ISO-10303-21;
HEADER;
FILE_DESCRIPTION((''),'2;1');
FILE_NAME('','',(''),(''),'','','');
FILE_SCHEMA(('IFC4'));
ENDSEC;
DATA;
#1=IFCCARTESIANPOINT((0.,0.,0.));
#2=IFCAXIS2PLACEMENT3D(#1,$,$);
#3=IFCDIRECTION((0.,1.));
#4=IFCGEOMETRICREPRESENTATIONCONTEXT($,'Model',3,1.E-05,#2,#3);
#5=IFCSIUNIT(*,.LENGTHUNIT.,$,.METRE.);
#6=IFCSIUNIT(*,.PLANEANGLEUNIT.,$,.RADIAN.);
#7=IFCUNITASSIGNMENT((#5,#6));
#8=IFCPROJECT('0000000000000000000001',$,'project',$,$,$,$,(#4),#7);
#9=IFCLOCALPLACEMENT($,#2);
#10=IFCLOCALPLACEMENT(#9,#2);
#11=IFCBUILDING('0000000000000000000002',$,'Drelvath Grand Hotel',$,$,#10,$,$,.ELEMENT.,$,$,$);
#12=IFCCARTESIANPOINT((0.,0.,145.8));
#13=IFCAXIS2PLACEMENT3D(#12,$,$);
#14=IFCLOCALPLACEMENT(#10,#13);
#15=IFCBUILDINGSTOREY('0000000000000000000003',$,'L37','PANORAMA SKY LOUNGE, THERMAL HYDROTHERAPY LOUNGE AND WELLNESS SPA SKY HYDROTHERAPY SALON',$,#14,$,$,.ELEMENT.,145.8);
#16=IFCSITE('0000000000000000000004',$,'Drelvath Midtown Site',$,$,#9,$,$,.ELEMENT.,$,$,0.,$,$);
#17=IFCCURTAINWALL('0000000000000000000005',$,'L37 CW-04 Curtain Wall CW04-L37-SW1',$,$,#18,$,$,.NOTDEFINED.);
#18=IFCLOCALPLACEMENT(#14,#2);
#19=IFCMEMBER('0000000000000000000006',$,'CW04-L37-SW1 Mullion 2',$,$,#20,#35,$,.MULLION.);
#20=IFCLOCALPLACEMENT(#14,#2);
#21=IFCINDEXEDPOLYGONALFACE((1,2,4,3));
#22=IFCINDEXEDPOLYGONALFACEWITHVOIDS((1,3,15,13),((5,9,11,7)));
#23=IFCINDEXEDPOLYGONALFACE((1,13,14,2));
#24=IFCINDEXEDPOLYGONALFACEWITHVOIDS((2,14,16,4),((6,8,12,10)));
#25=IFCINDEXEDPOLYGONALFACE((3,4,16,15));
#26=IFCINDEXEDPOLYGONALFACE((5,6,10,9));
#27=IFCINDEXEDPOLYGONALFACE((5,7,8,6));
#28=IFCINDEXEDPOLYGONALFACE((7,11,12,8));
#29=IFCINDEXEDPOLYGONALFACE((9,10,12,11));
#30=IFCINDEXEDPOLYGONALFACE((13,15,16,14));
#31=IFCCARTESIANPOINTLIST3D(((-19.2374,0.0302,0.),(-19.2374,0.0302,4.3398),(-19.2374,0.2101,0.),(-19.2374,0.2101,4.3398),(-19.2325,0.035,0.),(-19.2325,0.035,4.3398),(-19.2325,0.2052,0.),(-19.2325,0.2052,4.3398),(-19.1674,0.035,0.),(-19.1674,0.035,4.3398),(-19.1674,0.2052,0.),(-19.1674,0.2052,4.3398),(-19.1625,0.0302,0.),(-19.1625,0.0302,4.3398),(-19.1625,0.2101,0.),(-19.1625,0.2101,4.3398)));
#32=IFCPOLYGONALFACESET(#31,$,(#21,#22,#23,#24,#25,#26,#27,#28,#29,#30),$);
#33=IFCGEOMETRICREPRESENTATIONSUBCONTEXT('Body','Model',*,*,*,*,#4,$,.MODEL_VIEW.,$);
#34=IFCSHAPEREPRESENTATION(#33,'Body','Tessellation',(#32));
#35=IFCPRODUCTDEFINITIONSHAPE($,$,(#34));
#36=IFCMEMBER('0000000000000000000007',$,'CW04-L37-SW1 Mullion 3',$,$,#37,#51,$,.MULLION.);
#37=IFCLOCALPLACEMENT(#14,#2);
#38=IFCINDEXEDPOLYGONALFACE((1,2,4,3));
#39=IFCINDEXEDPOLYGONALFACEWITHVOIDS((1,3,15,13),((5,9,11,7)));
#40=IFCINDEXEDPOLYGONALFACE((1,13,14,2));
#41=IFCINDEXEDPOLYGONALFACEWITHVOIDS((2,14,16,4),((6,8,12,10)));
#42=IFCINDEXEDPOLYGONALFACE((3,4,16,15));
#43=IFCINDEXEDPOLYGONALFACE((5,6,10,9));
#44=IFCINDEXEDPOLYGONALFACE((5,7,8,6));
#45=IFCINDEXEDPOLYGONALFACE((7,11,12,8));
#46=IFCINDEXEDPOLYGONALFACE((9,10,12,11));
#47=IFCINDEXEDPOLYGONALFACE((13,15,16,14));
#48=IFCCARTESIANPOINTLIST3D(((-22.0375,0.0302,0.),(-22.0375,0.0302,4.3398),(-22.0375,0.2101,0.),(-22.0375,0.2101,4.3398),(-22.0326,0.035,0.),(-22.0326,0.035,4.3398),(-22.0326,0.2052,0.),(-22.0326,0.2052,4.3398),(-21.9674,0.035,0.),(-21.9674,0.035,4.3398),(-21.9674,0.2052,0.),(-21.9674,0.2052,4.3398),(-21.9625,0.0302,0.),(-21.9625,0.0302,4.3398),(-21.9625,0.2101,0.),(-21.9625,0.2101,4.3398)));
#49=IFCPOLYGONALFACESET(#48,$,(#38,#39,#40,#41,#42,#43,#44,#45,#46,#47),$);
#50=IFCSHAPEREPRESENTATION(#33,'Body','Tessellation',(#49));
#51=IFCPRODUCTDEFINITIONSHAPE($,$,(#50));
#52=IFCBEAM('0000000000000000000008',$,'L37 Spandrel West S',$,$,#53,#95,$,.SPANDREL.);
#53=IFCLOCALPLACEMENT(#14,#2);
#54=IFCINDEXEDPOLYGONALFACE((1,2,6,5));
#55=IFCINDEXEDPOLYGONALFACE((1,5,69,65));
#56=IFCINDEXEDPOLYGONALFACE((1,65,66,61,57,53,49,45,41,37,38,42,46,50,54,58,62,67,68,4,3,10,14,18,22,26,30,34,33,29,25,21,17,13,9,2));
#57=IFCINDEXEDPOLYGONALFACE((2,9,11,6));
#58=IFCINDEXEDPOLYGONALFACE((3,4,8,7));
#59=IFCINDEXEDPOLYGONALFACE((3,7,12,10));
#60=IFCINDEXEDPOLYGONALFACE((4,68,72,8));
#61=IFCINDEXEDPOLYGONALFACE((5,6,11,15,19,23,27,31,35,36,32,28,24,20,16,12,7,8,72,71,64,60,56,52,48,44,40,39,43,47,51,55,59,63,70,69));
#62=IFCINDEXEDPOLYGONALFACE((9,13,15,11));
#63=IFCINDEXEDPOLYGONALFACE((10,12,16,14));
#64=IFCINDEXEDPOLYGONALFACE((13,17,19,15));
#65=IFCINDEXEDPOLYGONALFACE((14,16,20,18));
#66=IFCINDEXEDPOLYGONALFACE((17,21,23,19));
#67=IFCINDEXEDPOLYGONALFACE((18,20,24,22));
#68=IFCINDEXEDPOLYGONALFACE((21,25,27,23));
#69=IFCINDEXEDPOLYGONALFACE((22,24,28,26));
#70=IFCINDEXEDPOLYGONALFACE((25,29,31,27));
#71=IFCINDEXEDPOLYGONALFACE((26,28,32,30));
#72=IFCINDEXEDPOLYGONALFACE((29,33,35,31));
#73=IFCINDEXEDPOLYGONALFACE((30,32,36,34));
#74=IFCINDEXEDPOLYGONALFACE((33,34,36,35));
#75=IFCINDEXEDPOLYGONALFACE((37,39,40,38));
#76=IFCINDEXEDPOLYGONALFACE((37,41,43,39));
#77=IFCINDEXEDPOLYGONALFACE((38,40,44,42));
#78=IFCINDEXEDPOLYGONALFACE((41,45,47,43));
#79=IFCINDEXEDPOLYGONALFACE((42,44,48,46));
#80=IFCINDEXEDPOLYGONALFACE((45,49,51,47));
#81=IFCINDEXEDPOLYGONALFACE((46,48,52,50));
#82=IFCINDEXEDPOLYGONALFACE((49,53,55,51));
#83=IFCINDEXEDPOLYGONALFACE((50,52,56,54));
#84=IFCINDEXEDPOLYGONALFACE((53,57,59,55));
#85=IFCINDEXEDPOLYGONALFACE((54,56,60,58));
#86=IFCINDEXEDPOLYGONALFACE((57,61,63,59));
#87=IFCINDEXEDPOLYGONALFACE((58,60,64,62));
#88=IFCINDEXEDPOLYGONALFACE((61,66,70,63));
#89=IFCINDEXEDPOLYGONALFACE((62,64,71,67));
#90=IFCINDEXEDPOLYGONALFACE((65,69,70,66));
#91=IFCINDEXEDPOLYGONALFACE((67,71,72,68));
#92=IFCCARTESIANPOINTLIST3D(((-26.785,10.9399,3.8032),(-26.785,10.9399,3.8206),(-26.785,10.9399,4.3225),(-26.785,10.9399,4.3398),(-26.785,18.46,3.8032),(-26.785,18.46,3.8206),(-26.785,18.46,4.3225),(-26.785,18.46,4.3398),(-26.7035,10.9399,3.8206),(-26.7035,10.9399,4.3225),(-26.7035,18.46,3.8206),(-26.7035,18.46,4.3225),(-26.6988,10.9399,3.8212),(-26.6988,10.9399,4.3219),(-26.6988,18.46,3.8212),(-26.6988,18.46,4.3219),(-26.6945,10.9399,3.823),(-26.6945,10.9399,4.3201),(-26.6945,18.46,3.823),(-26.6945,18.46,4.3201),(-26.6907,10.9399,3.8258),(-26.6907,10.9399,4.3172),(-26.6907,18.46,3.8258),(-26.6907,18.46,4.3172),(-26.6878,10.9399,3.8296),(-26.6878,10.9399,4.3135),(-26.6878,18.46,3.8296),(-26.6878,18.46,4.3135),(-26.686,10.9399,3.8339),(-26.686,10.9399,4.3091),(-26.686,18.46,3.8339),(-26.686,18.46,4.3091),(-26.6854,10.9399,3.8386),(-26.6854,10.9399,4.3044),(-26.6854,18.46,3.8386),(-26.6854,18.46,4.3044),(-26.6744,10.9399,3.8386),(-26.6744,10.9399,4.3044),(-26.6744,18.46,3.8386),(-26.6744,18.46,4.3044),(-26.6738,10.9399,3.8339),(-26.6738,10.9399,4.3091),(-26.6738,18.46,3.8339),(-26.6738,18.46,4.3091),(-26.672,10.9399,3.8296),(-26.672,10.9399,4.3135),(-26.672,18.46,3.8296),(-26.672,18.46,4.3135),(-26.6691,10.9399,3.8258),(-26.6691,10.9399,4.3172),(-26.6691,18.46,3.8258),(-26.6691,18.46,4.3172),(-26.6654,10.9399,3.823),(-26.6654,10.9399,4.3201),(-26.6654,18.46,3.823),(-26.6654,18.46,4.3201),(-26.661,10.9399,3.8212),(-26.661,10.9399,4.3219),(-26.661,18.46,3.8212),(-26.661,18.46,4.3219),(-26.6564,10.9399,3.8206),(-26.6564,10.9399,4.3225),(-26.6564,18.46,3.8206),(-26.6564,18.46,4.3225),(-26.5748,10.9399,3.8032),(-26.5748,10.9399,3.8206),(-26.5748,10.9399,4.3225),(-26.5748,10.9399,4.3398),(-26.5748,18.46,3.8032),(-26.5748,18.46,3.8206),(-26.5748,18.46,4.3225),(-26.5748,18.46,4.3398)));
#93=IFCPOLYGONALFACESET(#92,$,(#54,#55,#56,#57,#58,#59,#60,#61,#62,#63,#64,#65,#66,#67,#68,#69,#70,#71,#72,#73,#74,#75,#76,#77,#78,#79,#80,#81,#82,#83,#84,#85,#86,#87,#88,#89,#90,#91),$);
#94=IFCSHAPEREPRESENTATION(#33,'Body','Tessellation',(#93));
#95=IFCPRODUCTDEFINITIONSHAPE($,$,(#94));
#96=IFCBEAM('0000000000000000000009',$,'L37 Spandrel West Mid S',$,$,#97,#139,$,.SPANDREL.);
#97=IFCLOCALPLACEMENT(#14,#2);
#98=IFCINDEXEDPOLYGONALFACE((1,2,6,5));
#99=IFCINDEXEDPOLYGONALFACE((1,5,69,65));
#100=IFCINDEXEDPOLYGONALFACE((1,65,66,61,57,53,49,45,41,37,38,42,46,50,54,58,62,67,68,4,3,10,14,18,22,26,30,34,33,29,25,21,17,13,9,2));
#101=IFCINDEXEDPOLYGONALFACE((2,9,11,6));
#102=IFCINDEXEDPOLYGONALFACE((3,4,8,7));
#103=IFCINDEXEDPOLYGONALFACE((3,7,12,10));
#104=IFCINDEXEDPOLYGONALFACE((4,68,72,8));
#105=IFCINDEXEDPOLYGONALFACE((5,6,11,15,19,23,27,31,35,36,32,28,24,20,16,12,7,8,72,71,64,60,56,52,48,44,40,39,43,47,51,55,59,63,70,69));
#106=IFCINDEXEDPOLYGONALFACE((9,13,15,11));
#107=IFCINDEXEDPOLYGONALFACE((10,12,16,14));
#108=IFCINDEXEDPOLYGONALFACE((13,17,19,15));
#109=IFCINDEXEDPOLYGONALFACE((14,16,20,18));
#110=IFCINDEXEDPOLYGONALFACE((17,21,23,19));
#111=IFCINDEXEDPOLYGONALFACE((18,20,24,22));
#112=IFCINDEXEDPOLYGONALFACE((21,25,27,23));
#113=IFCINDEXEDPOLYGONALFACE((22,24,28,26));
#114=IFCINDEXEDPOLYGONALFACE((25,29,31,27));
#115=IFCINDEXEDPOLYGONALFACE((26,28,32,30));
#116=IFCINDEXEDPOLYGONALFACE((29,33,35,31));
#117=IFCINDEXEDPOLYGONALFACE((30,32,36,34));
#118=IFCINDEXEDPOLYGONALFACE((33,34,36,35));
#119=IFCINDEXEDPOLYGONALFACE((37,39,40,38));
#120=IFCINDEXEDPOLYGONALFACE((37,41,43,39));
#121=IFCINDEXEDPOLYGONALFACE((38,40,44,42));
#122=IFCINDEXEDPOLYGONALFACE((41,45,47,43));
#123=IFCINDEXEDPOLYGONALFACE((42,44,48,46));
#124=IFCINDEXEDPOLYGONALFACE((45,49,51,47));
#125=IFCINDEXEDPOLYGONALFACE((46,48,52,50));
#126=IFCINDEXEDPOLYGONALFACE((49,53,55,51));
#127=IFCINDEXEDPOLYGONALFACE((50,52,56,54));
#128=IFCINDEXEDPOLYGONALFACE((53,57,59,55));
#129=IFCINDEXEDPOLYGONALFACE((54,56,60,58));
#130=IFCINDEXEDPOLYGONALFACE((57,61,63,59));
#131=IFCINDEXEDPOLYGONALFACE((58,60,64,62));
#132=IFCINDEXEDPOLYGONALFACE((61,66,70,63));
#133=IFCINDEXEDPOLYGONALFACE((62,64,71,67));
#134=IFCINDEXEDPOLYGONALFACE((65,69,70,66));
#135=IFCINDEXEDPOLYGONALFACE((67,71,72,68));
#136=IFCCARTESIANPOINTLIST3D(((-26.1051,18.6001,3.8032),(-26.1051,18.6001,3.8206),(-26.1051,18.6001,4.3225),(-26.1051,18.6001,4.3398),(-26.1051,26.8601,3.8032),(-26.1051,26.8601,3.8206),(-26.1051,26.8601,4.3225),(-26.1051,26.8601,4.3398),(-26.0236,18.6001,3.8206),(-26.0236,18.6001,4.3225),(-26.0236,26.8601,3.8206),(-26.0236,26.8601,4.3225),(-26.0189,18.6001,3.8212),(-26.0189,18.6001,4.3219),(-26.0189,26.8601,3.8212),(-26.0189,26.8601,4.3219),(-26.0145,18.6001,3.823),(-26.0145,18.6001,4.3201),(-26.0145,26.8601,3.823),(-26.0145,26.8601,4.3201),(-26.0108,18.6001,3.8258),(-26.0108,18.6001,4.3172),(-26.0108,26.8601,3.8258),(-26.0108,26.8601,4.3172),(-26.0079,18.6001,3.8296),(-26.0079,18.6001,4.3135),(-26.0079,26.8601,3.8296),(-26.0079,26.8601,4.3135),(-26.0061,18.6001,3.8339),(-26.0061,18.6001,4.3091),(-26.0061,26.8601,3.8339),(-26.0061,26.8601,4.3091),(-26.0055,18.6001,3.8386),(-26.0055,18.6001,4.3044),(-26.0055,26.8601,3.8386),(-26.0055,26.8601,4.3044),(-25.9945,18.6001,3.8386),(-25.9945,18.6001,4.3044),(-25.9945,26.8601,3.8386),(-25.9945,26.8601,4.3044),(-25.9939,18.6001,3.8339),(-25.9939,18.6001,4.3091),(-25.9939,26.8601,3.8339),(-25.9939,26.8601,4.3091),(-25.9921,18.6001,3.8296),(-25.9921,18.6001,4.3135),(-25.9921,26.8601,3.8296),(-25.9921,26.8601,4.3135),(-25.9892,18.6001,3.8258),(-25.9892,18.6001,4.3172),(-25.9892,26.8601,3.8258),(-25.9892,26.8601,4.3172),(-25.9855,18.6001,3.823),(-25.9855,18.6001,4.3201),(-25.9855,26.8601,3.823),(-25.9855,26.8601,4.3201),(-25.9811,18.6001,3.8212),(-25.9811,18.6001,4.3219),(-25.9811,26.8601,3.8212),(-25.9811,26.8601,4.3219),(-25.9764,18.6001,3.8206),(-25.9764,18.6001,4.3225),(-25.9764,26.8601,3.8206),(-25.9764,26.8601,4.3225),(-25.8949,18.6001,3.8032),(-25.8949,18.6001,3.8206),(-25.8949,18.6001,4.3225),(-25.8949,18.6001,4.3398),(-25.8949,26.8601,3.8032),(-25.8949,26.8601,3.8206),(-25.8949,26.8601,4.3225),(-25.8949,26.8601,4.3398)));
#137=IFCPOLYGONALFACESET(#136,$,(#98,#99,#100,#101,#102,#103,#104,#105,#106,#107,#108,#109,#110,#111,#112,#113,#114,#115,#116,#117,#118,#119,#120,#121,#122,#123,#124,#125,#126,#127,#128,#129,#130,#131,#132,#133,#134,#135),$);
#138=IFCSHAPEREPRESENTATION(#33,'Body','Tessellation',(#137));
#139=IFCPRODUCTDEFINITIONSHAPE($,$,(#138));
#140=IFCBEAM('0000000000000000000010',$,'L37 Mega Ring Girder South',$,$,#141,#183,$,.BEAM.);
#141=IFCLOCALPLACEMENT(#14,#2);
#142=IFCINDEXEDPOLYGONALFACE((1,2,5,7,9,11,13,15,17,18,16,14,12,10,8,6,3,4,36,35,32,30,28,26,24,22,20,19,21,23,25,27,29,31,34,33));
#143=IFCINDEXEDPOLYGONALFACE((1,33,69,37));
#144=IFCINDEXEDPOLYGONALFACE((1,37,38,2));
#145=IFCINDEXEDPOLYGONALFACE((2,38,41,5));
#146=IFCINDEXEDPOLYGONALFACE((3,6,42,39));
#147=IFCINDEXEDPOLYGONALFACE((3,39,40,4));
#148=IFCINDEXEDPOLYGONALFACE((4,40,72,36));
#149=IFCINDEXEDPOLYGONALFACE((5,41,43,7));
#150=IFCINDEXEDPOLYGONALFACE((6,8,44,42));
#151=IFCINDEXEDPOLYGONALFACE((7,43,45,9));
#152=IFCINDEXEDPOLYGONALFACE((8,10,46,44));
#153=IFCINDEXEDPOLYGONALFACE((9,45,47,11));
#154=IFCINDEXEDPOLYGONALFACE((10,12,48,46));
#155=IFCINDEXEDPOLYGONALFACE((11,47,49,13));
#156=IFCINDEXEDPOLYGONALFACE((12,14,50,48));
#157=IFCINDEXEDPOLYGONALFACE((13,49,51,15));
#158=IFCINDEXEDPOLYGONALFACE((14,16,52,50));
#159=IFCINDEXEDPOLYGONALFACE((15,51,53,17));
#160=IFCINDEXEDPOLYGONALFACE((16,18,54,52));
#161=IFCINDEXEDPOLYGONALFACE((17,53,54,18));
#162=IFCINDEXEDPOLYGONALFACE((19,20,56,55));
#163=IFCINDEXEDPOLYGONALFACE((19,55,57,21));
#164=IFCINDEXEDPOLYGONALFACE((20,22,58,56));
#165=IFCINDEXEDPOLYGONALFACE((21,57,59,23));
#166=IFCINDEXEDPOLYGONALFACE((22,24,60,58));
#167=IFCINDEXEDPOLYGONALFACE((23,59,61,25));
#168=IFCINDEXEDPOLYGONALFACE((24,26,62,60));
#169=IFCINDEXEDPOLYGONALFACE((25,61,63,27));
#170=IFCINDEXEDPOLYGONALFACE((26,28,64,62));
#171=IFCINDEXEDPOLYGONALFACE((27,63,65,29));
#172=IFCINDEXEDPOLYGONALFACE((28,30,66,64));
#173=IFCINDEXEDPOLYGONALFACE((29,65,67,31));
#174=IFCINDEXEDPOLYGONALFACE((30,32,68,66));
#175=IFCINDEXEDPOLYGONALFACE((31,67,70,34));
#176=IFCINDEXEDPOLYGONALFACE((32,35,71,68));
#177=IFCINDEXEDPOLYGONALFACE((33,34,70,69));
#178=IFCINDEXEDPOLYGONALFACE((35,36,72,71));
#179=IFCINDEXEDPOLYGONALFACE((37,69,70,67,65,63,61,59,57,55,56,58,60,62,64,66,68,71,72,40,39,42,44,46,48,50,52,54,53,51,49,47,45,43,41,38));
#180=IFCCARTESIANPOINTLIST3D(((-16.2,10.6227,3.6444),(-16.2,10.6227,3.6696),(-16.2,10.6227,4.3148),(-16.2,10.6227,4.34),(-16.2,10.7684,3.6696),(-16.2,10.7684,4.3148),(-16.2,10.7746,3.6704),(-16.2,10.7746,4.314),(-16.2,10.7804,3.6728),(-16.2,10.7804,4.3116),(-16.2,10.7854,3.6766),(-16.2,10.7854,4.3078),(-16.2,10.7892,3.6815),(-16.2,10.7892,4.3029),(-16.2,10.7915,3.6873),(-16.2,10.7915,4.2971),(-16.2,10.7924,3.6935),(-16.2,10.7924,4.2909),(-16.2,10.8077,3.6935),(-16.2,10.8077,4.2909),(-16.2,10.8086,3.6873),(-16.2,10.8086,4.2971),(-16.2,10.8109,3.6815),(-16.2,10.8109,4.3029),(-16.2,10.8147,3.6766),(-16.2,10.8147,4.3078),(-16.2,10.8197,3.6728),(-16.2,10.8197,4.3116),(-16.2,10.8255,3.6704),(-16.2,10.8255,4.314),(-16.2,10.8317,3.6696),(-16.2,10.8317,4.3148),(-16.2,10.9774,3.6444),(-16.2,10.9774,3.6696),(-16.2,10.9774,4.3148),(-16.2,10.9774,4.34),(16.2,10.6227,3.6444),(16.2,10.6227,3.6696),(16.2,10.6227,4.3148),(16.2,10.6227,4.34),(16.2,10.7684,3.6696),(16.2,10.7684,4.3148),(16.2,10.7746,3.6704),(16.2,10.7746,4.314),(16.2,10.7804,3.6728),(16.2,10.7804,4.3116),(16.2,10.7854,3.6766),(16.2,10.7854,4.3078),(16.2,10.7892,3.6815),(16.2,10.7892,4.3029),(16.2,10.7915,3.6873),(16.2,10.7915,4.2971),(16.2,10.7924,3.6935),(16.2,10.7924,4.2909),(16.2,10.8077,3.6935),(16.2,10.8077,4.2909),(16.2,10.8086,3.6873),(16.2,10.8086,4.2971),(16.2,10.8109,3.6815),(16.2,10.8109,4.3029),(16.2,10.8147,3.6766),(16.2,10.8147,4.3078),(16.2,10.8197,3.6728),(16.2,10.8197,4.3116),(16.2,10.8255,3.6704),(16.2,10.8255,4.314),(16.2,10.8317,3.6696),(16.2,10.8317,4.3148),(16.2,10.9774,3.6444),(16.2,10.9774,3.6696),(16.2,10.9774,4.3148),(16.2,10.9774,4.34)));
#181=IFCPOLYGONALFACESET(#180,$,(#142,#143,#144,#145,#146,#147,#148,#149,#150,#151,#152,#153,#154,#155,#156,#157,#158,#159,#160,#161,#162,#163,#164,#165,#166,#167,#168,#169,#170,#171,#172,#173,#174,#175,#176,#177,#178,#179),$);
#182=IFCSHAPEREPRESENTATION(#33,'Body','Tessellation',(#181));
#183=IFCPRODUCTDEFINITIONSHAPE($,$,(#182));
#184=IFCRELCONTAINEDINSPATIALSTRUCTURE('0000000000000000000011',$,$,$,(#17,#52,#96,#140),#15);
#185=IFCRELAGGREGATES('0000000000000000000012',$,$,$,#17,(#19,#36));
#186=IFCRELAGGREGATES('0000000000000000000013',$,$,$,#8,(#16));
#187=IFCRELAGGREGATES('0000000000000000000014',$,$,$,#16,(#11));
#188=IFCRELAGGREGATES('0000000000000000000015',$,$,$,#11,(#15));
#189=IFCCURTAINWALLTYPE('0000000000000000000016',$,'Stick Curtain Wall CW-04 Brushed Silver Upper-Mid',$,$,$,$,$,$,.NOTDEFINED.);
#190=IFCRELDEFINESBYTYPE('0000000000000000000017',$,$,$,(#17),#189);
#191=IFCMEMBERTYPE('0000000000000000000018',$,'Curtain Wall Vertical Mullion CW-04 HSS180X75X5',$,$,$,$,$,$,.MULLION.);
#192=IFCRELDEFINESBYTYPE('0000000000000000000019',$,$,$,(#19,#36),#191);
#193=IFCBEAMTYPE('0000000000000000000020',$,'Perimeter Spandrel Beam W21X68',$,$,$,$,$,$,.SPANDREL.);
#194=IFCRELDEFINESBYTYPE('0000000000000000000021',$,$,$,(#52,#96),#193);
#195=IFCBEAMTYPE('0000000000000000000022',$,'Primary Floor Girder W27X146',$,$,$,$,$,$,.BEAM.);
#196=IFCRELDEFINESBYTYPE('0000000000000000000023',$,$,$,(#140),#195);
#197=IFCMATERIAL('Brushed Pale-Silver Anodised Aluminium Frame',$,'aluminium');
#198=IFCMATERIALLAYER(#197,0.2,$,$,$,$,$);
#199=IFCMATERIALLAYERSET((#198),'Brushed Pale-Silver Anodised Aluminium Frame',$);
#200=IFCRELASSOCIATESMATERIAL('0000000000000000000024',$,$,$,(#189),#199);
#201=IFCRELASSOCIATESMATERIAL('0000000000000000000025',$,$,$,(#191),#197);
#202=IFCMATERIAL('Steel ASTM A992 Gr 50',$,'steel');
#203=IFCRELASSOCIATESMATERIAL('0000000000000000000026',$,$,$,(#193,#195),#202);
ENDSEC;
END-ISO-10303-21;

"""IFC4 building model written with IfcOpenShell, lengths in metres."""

from ifc_helpers import new_model, si_unit, direction, frame, origin, origin_2d, place, context, subcontext, project, spatial, hollow_rectangle, i_section, extrude, material, layer, layer_set, material_profile, profile_set, type_object, element, aggregate, save


model = new_model("IFC4")

# Units and contexts
model_context = context("Model", 3, precision=1e-05, world=origin(), true_north=direction((0.0, 1.0)))
body_context = subcontext(model_context, "Body", "Model", "MODEL_VIEW")
ifc_project = project(units=[si_unit("LENGTHUNIT", "METRE"), si_unit("PLANEANGLEUNIT", "RADIAN")], contexts=[model_context])

# Site, building, storey
site_placement = place(None, origin())
site = spatial("IfcSite", under=ifc_project, at=site_placement, Name="Drelvath Midtown Site", CompositionType="ELEMENT", RefElevation=0.0)
building_placement = place(site_placement, origin())
building = spatial("IfcBuilding", under=site, at=building_placement, Name="Drelvath Grand Hotel", CompositionType="ELEMENT")
storey_placement = place(building_placement, frame((0.0, 0.0, 145.8)))
storey = spatial("IfcBuildingStorey", under=building, at=storey_placement, Name="L37", Description="PANORAMA SKY LOUNGE, THERMAL HYDROTHERAPY LOUNGE AND WELLNESS SPA SKY HYDROTHERAPY SALON", CompositionType="ELEMENT", Elevation=145.8)

# Curtain wall
ifc_material_1 = material(Name="Brushed Pale-Silver Anodised Aluminium Frame", Category="aluminium")
ifc_layer_1 = layer(ifc_material_1, 0.2)
ifc_layer_set_1 = layer_set([ifc_layer_1], Name="Brushed Pale-Silver Anodised Aluminium Frame")
curtain_wall_type = type_object("IfcCurtainWallType", Name="Stick Curtain Wall CW-04 Brushed Silver Upper-Mid", PredefinedType="NOTDEFINED", material=ifc_layer_set_1)
curtain_wall_1_placement = place(storey_placement, origin())
curtain_wall_1 = element("IfcCurtainWall", 1, at=curtain_wall_1_placement, inside=storey, type_object=curtain_wall_type, Name="L37 CW-04 Curtain Wall CW04-L37-SW1", PredefinedType="NOTDEFINED")

# Members
ifc_material_profile_1 = material_profile(ifc_material_1, hollow_rectangle(XDim=0.075, YDim=0.1799, WallThickness=0.0049, at=origin_2d()), Name="HSS180X75X5")
ifc_profile_set_1 = profile_set([ifc_material_profile_1], Name="Brushed Pale-Silver Anodised Aluminium Frame")
member_type_1 = type_object("IfcMemberType", Name="Curtain Wall Vertical Mullion CW-04 HSS180X75X5", PredefinedType="MULLION", material=ifc_profile_set_1)
member_1_placement = place(storey_placement, frame((-19.2, 0.1201, 0.0), z_axis=(0.0, 0.0, 1.0), x_axis=(1.0, 0.0, 0.0)))
member_1 = element("IfcMember", 2, at=member_1_placement, type_object=member_type_1, Name="CW04-L37-SW1 Mullion 2", PredefinedType="MULLION", context=body_context, shape_type="SweptSolid", body=[
    extrude(hollow_rectangle(XDim=0.075, YDim=0.1799, WallThickness=0.0049, at=origin_2d()), origin(), (0.0, 0.0, 1.0), 4.3398),
])
member_2_placement = place(storey_placement, frame((-22.0, 0.1201, 0.0), z_axis=(0.0, 0.0, 1.0), x_axis=(1.0, 0.0, 0.0)))
member_2 = element("IfcMember", 3, at=member_2_placement, type_object=member_type_1, Name="CW04-L37-SW1 Mullion 3", PredefinedType="MULLION", context=body_context, shape_type="SweptSolid", body=[
    extrude(hollow_rectangle(XDim=0.075, YDim=0.1799, WallThickness=0.0049, at=origin_2d()), origin(), (0.0, 0.0, 1.0), 4.3398),
])

# Beams
ifc_material_2 = material(Name="Steel ASTM A992 Gr 50", Category="steel")
ifc_material_profile_2 = material_profile(ifc_material_2, i_section(OverallWidth=0.2102, OverallDepth=0.5366, WebThickness=0.011, FlangeThickness=0.0173, FilletRadius=0.0181, at=origin_2d()), Name="W21X68")
ifc_profile_set_2 = profile_set([ifc_material_profile_2], Name="Steel ASTM A992 Gr 50")
beam_type_1 = type_object("IfcBeamType", Name="Perimeter Spandrel Beam W21X68", PredefinedType="SPANDREL", material=ifc_profile_set_2)
beam_1_placement = place(storey_placement, frame((-26.6799, 10.9399, 4.0715), z_axis=(0.0, 1.0, 0.0), x_axis=(-1.0, 0.0, 0.0)))
element("IfcBeam", 4, at=beam_1_placement, inside=storey, type_object=beam_type_1, Name="L37 Spandrel West S", PredefinedType="SPANDREL", context=body_context, shape_type="SweptSolid", body=[
    extrude(i_section(OverallWidth=0.2102, OverallDepth=0.5366, WebThickness=0.011, FlangeThickness=0.0173, FilletRadius=0.0181, at=origin_2d()), origin(), (0.0, 0.0, 1.0), 7.52),
])
beam_2_placement = place(storey_placement, frame((-26.0, 18.6001, 4.0715), z_axis=(0.0, 1.0, 0.0), x_axis=(-1.0, 0.0, 0.0)))
element("IfcBeam", 5, at=beam_2_placement, inside=storey, type_object=beam_type_1, Name="L37 Spandrel West Mid S", PredefinedType="SPANDREL", context=body_context, shape_type="SweptSolid", body=[
    extrude(i_section(OverallWidth=0.2102, OverallDepth=0.5366, WebThickness=0.011, FlangeThickness=0.0173, FilletRadius=0.0181, at=origin_2d()), origin(), (0.0, 0.0, 1.0), 8.26),
])
ifc_material_profile_3 = material_profile(ifc_material_2, i_section(OverallWidth=0.3547, OverallDepth=0.6956, WebThickness=0.0154, FlangeThickness=0.0251, FilletRadius=0.0239, at=origin_2d()), Name="W27X146")
ifc_profile_set_3 = profile_set([ifc_material_profile_3], Name="Steel ASTM A992 Gr 50")
beam_type_2 = type_object("IfcBeamType", Name="Primary Floor Girder W27X146", PredefinedType="BEAM", material=ifc_profile_set_3)
for number, where, z_axis, x_axis, name in (
    (6, (-16.2, 10.8, 3.9922), (1.0, 0.0, 0.0), (0.0, 1.0, 0.0), "L37 Mega Ring Girder South"),
):
    element("IfcBeam", number, at=place(storey_placement, frame(where, z_axis=z_axis, x_axis=x_axis)), inside=storey, type_object=beam_type_2, Name=name, PredefinedType="BEAM", context=body_context, shape_type="SweptSolid", body=[
        extrude(i_section(OverallWidth=0.3547, OverallDepth=0.6956, WebThickness=0.0154, FlangeThickness=0.0251, FilletRadius=0.0239, at=origin_2d()), origin(), (0.0, 0.0, 1.0), 32.3999),
    ])

aggregate(curtain_wall_1, [member_1, member_2])

save(model, "model.ifc")
